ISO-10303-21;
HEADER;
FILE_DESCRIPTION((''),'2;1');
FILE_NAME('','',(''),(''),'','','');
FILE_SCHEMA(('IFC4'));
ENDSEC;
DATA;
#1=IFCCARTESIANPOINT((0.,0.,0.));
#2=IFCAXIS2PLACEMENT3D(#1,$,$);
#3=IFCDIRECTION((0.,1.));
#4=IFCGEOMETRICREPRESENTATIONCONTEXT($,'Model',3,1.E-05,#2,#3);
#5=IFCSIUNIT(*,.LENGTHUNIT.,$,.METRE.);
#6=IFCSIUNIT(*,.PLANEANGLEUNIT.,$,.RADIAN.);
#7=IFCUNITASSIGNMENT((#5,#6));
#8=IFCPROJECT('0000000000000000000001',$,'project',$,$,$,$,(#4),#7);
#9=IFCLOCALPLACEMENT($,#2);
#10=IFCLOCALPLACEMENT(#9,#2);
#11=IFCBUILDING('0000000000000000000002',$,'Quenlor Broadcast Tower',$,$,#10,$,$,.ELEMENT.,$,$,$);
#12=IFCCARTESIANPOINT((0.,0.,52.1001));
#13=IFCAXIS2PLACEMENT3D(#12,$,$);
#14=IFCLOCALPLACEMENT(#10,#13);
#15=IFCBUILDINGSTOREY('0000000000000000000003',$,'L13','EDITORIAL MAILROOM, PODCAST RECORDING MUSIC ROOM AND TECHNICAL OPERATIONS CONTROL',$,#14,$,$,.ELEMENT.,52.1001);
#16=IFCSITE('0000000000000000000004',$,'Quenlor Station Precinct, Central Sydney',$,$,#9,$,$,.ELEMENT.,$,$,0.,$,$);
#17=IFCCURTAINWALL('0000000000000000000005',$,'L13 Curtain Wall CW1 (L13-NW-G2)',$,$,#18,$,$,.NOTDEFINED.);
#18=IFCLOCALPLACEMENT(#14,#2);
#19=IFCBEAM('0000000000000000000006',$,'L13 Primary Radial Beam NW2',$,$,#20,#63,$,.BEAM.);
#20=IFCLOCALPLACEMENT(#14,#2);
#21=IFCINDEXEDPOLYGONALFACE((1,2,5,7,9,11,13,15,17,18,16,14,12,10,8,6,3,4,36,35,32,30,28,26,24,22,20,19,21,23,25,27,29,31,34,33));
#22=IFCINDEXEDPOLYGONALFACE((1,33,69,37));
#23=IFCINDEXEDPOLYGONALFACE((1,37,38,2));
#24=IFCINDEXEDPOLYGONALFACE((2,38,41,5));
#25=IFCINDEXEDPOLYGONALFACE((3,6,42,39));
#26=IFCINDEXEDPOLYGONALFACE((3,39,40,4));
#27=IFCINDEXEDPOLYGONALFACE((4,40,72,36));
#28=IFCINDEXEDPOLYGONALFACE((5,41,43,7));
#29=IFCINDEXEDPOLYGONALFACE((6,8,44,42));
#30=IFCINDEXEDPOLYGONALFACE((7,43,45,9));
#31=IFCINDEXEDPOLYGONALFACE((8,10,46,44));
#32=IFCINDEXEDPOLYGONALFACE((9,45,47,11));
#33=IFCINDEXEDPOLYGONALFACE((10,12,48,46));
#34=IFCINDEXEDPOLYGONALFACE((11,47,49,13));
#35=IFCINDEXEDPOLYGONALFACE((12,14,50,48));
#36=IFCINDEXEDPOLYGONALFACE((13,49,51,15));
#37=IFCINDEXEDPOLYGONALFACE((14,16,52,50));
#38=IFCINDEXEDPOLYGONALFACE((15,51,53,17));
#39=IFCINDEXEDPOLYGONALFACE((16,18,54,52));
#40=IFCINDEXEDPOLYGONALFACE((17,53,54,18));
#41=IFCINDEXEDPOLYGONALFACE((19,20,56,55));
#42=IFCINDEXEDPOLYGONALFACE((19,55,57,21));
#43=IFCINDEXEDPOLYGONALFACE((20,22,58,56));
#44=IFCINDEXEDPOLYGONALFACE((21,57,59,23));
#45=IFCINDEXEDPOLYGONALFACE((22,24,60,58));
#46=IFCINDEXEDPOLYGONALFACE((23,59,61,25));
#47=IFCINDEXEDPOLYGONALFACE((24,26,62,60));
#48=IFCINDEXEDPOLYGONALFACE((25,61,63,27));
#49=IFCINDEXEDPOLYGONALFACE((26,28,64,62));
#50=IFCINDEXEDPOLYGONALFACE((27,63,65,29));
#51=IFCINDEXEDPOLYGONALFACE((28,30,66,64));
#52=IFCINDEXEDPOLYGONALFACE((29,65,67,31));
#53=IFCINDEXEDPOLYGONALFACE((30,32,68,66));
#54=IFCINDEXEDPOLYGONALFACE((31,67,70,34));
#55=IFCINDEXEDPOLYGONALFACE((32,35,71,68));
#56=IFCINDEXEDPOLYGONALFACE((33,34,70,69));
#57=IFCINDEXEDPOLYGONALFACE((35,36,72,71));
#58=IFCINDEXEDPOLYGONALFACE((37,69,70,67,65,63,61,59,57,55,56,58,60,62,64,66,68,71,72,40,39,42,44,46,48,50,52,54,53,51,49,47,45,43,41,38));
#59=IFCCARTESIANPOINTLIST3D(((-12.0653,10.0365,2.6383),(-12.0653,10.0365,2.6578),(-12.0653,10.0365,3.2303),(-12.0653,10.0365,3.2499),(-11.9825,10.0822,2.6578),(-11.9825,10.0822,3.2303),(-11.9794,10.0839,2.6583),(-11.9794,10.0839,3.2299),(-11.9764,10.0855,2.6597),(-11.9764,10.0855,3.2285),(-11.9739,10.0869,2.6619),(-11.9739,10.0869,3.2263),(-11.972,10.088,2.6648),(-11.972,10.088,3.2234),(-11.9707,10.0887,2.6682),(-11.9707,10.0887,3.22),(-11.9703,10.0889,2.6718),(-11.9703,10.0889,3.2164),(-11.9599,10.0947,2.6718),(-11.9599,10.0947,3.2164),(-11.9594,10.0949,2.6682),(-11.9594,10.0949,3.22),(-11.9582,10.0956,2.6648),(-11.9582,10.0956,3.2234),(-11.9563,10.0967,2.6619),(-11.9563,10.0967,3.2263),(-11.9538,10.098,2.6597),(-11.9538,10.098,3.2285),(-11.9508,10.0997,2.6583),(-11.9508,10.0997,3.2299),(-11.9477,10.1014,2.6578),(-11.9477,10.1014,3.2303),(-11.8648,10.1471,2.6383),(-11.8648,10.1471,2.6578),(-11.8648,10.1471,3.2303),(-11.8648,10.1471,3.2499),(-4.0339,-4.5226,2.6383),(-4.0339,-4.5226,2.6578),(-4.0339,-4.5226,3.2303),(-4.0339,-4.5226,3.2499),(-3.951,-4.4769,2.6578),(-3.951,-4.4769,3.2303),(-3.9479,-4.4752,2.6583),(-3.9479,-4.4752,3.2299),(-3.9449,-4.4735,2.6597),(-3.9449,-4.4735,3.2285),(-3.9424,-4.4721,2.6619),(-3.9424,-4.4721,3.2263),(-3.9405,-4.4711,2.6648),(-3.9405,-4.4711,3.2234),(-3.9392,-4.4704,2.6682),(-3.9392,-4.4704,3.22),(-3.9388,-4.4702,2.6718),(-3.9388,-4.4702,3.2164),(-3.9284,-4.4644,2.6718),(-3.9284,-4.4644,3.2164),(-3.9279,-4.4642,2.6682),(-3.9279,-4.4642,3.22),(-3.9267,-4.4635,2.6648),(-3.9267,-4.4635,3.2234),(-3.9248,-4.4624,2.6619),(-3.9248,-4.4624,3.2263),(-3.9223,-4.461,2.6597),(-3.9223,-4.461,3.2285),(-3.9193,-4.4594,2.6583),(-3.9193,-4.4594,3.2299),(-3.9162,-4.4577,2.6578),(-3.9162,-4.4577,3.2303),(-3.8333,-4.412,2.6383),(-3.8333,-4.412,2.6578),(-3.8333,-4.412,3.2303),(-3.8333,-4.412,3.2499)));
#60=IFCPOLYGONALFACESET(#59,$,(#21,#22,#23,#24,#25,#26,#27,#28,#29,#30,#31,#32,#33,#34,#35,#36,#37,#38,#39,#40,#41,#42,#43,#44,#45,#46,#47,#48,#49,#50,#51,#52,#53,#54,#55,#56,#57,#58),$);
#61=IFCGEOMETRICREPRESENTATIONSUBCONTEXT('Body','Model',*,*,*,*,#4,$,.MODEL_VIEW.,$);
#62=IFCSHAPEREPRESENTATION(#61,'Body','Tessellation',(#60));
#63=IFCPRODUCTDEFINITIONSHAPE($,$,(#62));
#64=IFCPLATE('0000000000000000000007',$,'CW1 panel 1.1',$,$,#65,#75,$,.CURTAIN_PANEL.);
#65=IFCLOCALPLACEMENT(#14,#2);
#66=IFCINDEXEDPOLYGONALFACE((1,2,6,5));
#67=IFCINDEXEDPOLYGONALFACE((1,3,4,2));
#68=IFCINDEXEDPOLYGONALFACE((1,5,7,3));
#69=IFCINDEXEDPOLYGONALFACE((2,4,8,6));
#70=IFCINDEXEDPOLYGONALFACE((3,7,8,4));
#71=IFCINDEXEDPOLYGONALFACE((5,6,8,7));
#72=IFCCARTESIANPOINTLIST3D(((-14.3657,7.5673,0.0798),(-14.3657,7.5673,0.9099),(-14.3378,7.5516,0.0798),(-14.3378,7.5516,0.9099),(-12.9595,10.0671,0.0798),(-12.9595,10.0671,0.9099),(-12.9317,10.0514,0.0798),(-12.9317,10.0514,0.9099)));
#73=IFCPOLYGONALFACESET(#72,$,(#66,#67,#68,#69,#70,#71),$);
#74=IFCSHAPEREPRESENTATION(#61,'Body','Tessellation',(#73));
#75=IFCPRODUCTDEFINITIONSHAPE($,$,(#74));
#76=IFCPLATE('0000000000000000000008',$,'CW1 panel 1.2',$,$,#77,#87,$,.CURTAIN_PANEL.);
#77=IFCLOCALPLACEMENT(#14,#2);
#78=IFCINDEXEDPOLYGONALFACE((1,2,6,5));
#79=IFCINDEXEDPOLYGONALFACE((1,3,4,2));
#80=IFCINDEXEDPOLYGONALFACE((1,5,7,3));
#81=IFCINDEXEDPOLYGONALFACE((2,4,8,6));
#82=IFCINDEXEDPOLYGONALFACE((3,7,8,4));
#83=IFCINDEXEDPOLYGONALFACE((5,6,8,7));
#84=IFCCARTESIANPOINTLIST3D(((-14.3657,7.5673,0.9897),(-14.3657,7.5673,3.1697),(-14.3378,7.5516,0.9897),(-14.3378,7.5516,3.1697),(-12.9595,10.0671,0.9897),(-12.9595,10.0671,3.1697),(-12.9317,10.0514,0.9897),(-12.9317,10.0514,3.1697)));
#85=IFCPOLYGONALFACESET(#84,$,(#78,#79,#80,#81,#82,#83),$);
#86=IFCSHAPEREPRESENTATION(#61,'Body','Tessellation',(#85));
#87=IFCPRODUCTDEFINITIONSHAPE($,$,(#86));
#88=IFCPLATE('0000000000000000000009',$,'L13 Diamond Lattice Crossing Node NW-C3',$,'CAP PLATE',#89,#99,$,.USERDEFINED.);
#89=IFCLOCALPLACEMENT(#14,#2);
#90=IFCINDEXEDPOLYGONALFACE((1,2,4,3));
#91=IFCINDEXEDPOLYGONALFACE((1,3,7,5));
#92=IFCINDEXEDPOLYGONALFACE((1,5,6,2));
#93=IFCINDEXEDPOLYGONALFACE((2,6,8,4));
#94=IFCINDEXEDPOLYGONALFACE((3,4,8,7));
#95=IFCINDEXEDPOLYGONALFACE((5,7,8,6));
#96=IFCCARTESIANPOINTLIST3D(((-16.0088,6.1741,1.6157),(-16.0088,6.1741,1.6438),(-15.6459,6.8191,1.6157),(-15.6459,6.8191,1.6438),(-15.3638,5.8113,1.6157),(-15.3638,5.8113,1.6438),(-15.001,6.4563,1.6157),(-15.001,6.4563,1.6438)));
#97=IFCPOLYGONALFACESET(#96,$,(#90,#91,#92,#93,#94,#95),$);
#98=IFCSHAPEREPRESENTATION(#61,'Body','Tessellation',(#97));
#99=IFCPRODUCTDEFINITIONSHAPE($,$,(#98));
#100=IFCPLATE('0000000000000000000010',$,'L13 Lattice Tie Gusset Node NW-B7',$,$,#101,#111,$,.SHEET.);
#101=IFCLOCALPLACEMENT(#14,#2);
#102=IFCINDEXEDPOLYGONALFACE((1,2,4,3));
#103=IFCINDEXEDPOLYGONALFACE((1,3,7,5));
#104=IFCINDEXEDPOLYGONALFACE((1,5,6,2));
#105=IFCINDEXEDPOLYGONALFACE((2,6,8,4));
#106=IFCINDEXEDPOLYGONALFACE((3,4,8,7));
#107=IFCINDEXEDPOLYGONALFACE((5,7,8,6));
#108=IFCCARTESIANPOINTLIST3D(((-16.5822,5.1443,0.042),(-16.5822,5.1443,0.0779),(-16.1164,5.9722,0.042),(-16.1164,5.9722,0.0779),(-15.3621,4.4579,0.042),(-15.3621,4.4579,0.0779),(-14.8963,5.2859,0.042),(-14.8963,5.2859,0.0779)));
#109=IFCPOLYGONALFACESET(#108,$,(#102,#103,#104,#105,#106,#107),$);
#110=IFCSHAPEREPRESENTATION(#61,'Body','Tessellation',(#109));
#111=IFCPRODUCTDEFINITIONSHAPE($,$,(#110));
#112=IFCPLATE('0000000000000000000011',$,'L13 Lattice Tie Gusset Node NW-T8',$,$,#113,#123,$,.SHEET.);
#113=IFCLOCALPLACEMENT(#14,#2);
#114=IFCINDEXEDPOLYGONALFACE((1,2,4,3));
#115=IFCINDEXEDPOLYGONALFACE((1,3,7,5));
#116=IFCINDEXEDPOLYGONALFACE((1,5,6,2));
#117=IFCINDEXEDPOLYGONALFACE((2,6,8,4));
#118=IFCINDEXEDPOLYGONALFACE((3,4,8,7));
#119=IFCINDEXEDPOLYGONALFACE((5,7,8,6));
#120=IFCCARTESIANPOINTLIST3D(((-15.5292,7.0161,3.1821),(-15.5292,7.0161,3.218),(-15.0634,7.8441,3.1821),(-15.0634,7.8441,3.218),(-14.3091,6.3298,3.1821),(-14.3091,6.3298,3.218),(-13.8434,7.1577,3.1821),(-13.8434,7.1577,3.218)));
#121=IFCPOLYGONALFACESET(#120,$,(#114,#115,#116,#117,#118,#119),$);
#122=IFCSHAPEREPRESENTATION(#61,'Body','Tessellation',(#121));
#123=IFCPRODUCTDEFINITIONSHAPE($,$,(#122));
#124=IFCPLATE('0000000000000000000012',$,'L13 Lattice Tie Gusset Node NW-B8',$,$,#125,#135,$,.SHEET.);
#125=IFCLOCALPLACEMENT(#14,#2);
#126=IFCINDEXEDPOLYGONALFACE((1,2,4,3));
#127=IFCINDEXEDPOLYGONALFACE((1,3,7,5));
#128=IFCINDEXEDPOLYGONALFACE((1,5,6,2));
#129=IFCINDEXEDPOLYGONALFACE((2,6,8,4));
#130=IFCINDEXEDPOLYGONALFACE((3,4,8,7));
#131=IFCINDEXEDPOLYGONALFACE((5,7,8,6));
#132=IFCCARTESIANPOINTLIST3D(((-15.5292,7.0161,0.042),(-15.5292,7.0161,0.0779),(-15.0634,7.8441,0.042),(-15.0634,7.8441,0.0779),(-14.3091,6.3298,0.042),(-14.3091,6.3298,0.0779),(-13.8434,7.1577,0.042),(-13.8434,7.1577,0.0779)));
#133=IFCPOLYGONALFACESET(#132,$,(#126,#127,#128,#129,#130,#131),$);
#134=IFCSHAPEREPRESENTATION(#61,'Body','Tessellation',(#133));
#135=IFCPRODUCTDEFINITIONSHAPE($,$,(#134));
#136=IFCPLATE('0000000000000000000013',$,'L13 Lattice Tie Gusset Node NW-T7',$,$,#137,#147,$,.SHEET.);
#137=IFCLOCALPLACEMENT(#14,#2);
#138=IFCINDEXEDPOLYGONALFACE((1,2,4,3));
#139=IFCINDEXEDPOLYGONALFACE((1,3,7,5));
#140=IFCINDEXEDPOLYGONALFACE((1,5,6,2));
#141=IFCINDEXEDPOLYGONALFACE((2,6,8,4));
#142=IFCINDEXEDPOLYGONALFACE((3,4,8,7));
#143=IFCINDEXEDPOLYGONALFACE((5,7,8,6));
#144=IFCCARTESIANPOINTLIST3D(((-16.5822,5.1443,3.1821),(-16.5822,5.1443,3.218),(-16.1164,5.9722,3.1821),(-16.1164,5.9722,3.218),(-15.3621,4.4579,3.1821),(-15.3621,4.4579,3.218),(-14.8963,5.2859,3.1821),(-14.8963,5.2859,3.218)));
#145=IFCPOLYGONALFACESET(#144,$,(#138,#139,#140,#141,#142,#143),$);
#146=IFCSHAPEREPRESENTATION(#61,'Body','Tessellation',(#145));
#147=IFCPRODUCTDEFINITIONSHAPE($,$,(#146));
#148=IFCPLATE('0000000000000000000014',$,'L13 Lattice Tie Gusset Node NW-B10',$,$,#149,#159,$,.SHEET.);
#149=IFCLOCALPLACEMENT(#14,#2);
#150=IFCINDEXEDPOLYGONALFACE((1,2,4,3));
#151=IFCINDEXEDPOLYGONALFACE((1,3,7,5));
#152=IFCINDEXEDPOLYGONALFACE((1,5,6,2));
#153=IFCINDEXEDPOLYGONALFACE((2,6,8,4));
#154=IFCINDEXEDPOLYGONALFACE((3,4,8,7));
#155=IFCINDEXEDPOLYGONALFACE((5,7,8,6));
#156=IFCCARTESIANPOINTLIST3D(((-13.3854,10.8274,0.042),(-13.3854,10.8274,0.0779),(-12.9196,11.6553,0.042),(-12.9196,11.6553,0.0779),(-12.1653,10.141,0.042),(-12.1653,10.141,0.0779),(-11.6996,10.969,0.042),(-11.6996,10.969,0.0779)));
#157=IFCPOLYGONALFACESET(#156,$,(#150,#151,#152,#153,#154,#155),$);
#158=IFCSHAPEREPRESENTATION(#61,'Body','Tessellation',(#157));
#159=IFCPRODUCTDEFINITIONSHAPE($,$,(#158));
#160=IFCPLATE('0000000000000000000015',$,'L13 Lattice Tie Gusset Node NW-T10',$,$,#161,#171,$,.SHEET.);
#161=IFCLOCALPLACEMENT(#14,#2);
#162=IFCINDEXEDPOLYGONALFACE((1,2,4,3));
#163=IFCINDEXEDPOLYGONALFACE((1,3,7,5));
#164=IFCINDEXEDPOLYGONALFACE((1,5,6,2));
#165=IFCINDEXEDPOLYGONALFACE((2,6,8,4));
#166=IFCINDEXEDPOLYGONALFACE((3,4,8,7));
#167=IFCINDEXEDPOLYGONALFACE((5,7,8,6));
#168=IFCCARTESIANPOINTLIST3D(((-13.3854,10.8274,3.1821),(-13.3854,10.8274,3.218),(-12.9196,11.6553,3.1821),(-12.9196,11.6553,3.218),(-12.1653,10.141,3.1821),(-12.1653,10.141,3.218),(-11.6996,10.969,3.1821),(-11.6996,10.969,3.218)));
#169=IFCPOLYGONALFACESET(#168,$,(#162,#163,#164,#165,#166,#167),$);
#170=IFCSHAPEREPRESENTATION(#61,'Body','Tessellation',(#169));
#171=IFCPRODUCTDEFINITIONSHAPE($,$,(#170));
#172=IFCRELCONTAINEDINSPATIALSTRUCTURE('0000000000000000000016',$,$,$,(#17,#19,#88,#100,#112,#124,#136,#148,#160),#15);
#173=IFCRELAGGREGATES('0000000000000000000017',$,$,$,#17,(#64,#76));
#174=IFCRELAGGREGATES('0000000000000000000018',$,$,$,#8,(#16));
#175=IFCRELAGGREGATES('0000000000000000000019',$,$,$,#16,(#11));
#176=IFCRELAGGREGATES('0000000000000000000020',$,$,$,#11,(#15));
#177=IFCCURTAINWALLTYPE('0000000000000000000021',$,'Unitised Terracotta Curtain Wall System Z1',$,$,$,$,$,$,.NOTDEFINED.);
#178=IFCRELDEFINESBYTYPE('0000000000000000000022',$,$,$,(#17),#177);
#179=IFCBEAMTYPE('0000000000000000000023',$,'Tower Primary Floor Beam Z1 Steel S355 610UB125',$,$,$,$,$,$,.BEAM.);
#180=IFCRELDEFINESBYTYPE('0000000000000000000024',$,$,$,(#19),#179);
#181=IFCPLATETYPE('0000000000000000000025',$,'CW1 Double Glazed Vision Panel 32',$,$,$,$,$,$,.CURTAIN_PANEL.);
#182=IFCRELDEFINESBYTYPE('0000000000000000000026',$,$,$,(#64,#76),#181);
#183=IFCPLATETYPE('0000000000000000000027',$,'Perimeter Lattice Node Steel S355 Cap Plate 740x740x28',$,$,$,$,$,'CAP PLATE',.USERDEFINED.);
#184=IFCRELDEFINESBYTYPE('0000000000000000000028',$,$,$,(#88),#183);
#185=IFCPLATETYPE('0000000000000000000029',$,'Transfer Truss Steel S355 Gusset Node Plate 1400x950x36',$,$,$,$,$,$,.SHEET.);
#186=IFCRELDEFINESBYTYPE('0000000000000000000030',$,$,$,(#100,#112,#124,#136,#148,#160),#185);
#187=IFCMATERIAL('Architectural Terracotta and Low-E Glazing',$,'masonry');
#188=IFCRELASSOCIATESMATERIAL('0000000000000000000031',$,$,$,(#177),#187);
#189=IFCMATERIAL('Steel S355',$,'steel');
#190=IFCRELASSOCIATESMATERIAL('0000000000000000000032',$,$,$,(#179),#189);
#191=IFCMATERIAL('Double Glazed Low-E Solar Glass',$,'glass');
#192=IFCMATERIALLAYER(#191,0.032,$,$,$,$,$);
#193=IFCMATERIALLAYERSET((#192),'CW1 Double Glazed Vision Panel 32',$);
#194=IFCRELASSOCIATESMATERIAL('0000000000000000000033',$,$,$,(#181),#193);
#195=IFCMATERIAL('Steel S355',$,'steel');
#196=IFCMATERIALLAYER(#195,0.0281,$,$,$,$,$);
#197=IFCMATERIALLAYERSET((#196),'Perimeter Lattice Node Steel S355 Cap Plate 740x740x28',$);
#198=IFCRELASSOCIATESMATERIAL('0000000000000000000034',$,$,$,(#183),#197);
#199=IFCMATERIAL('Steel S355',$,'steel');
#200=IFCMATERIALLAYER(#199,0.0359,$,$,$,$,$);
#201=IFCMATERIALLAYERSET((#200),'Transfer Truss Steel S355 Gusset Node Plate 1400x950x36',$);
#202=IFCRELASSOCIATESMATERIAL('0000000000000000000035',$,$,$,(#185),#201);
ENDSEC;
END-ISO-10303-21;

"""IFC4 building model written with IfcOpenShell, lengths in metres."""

from ifc_helpers import new_model, si_unit, direction, frame, origin, origin_2d, place, context, subcontext, project, spatial, rectangle, i_section, extrude, material, layer, layer_set, material_profile, profile_set, type_object, element, aggregate, save


model = new_model("IFC4")

# Units and contexts
model_context = context("Model", 3, precision=1e-05, world=origin(), true_north=direction((0.0, 1.0)))
body_context = subcontext(model_context, "Body", "Model", "MODEL_VIEW")
ifc_project = project(units=[si_unit("LENGTHUNIT", "METRE"), si_unit("PLANEANGLEUNIT", "RADIAN")], contexts=[model_context])

# Site, building, storey
site_placement = place(None, origin())
site = spatial("IfcSite", under=ifc_project, at=site_placement, Name="Quenlor Station Precinct, Central Sydney", CompositionType="ELEMENT", RefElevation=0.0)
building_placement = place(site_placement, origin())
building = spatial("IfcBuilding", under=site, at=building_placement, Name="Quenlor Broadcast Tower", CompositionType="ELEMENT")
storey_placement = place(building_placement, frame((0.0, 0.0, 52.1001)))
storey = spatial("IfcBuildingStorey", under=building, at=storey_placement, Name="L13", Description="EDITORIAL MAILROOM, PODCAST RECORDING MUSIC ROOM AND TECHNICAL OPERATIONS CONTROL", CompositionType="ELEMENT", Elevation=52.1001)

# Curtain wall
ifc_material_1 = material(Name="Architectural Terracotta and Low-E Glazing", Category="masonry")
curtain_wall_type = type_object("IfcCurtainWallType", Name="Unitised Terracotta Curtain Wall System Z1", PredefinedType="NOTDEFINED", material=ifc_material_1)
curtain_wall_placement = place(storey_placement, origin())
curtain_wall = element("IfcCurtainWall", 1, at=curtain_wall_placement, inside=storey, type_object=curtain_wall_type, Name="L13 Curtain Wall CW1 (L13-NW-G2)", PredefinedType="NOTDEFINED")

# Beam
ifc_material_2 = material(Name="Steel S355", Category="steel")
ifc_material_profile_1 = material_profile(ifc_material_2, i_section(OverallWidth=0.229, OverallDepth=0.6116, WebThickness=0.012, FlangeThickness=0.0195, FilletRadius=0.0139, at=origin_2d()))
ifc_profile_set_1 = profile_set([ifc_material_profile_1], Name="Steel S355 610UB125")
beam_type_1 = type_object("IfcBeamType", Name="Tower Primary Floor Beam Z1 Steel S355 610UB125", PredefinedType="BEAM", material=ifc_profile_set_1)
beam_1_placement = place(storey_placement, frame((-11.9651, 10.0918, 2.9441), z_axis=(0.483026, -0.875606, 0.0), x_axis=(0.875606, 0.483026, 0.0)))
element("IfcBeam", 2, at=beam_1_placement, inside=storey, type_object=beam_type_1, Name="L13 Primary Radial Beam NW2", PredefinedType="BEAM", context=body_context, shape_type="SweptSolid", body=[
    extrude(i_section(OverallWidth=0.229, OverallDepth=0.6116, WebThickness=0.012, FlangeThickness=0.0195, FilletRadius=0.0139, at=origin_2d()), origin(), (0.0, 0.0, 1.0), 16.6274),
])

# Plates
ifc_material_3 = material(Name="Double Glazed Low-E Solar Glass", Category="glass")
ifc_layer_1 = layer(ifc_material_3, 0.032)
ifc_layer_set_1 = layer_set([ifc_layer_1], Name="CW1 Double Glazed Vision Panel 32")
plate_type_1 = type_object("IfcPlateType", Name="CW1 Double Glazed Vision Panel 32", PredefinedType="CURTAIN_PANEL", material=ifc_layer_set_1)
plate_1_placement = place(storey_placement, frame((-13.6487, 8.8093, 0.0798), z_axis=(0.0, 0.0, 1.0), x_axis=(0.490274, 0.871568, 0.0)))
plate_1 = element("IfcPlate", 3, at=plate_1_placement, type_object=plate_type_1, Name="CW1 panel 1.1", PredefinedType="CURTAIN_PANEL", context=body_context, shape_type="SweptSolid", body=[
    extrude(rectangle(XDim=2.8682, YDim=0.032, at=origin_2d()), origin(), (0.0, 0.0, 1.0), 0.8301),
])
plate_2_placement = place(storey_placement, frame((-13.6487, 8.8093, 0.9897), z_axis=(0.0, 0.0, 1.0), x_axis=(0.490274, 0.871568, 0.0)))
plate_2 = element("IfcPlate", 4, at=plate_2_placement, type_object=plate_type_1, Name="CW1 panel 1.2", PredefinedType="CURTAIN_PANEL", context=body_context, shape_type="SweptSolid", body=[
    extrude(rectangle(XDim=2.8682, YDim=0.032, at=origin_2d()), origin(), (0.0, 0.0, 1.0), 2.1799),
])
aggregate(curtain_wall, [plate_1, plate_2])

# Plates
ifc_material_4 = material(Name="Steel S355", Category="steel")
ifc_layer_2 = layer(ifc_material_4, 0.0281)
ifc_layer_set_2 = layer_set([ifc_layer_2], Name="Perimeter Lattice Node Steel S355 Cap Plate 740x740x28")
plate_type_2 = type_object("IfcPlateType", Name="Perimeter Lattice Node Steel S355 Cap Plate 740x740x28", ElementType="CAP PLATE", PredefinedType="USERDEFINED", material=ifc_layer_set_2)
plate_3_placement = place(storey_placement, frame((-15.5049, 6.3152, 1.6157), z_axis=(0.0, 0.0, 1.0), x_axis=(0.490295, 0.871556, 0.0)))
element("IfcPlate", 5, at=plate_3_placement, inside=storey, type_object=plate_type_2, Name="L13 Diamond Lattice Crossing Node NW-C3", ObjectType="CAP PLATE", PredefinedType="USERDEFINED", context=body_context, shape_type="SweptSolid", body=[
    extrude(rectangle(XDim=0.74, YDim=0.74, at=origin_2d()), origin(), (0.0, 0.0, 1.0), 0.0281),
])
ifc_material_5 = material(Name="Steel S355", Category="steel")
ifc_layer_3 = layer(ifc_material_5, 0.0359)
ifc_layer_set_3 = layer_set([ifc_layer_3], Name="Transfer Truss Steel S355 Gusset Node Plate 1400x950x36")
plate_type_3 = type_object("IfcPlateType", Name="Transfer Truss Steel S355 Gusset Node Plate 1400x950x36", PredefinedType="SHEET", material=ifc_layer_set_3)
for number, where, z_axis, x_axis, name in (
    (6, (-15.7393, 5.2151, 0.042), (0.0, 0.0, 1.0), (-0.871556, 0.490295, 0.0), "L13 Lattice Tie Gusset Node NW-B7"),
    (7, (-14.6863, 7.0869, 3.1821), (0.0, 0.0, 1.0), (-0.871556, 0.490295, 0.0), "L13 Lattice Tie Gusset Node NW-T8"),
    (8, (-14.6863, 7.0869, 0.042), (0.0, 0.0, 1.0), (-0.871556, 0.490295, 0.0), "L13 Lattice Tie Gusset Node NW-B8"),
    (9, (-15.7393, 5.2151, 3.1821), (0.0, 0.0, 1.0), (-0.871556, 0.490295, 0.0), "L13 Lattice Tie Gusset Node NW-T7"),
    (10, (-12.5425, 10.8982, 0.042), (0.0, 0.0, 1.0), (-0.871556, 0.490295, 0.0), "L13 Lattice Tie Gusset Node NW-B10"),
    (11, (-12.5425, 10.8982, 3.1821), (0.0, 0.0, 1.0), (-0.871556, 0.490295, 0.0), "L13 Lattice Tie Gusset Node NW-T10"),
):
    element("IfcPlate", number, at=place(storey_placement, frame(where, z_axis=z_axis, x_axis=x_axis)), inside=storey, type_object=plate_type_3, Name=name, PredefinedType="SHEET", context=body_context, shape_type="SweptSolid", body=[
        extrude(rectangle(XDim=1.3999, YDim=0.95, at=origin_2d()), origin(), (0.0, 0.0, 1.0), 0.0359),
    ])

save(model, "model.ifc")
